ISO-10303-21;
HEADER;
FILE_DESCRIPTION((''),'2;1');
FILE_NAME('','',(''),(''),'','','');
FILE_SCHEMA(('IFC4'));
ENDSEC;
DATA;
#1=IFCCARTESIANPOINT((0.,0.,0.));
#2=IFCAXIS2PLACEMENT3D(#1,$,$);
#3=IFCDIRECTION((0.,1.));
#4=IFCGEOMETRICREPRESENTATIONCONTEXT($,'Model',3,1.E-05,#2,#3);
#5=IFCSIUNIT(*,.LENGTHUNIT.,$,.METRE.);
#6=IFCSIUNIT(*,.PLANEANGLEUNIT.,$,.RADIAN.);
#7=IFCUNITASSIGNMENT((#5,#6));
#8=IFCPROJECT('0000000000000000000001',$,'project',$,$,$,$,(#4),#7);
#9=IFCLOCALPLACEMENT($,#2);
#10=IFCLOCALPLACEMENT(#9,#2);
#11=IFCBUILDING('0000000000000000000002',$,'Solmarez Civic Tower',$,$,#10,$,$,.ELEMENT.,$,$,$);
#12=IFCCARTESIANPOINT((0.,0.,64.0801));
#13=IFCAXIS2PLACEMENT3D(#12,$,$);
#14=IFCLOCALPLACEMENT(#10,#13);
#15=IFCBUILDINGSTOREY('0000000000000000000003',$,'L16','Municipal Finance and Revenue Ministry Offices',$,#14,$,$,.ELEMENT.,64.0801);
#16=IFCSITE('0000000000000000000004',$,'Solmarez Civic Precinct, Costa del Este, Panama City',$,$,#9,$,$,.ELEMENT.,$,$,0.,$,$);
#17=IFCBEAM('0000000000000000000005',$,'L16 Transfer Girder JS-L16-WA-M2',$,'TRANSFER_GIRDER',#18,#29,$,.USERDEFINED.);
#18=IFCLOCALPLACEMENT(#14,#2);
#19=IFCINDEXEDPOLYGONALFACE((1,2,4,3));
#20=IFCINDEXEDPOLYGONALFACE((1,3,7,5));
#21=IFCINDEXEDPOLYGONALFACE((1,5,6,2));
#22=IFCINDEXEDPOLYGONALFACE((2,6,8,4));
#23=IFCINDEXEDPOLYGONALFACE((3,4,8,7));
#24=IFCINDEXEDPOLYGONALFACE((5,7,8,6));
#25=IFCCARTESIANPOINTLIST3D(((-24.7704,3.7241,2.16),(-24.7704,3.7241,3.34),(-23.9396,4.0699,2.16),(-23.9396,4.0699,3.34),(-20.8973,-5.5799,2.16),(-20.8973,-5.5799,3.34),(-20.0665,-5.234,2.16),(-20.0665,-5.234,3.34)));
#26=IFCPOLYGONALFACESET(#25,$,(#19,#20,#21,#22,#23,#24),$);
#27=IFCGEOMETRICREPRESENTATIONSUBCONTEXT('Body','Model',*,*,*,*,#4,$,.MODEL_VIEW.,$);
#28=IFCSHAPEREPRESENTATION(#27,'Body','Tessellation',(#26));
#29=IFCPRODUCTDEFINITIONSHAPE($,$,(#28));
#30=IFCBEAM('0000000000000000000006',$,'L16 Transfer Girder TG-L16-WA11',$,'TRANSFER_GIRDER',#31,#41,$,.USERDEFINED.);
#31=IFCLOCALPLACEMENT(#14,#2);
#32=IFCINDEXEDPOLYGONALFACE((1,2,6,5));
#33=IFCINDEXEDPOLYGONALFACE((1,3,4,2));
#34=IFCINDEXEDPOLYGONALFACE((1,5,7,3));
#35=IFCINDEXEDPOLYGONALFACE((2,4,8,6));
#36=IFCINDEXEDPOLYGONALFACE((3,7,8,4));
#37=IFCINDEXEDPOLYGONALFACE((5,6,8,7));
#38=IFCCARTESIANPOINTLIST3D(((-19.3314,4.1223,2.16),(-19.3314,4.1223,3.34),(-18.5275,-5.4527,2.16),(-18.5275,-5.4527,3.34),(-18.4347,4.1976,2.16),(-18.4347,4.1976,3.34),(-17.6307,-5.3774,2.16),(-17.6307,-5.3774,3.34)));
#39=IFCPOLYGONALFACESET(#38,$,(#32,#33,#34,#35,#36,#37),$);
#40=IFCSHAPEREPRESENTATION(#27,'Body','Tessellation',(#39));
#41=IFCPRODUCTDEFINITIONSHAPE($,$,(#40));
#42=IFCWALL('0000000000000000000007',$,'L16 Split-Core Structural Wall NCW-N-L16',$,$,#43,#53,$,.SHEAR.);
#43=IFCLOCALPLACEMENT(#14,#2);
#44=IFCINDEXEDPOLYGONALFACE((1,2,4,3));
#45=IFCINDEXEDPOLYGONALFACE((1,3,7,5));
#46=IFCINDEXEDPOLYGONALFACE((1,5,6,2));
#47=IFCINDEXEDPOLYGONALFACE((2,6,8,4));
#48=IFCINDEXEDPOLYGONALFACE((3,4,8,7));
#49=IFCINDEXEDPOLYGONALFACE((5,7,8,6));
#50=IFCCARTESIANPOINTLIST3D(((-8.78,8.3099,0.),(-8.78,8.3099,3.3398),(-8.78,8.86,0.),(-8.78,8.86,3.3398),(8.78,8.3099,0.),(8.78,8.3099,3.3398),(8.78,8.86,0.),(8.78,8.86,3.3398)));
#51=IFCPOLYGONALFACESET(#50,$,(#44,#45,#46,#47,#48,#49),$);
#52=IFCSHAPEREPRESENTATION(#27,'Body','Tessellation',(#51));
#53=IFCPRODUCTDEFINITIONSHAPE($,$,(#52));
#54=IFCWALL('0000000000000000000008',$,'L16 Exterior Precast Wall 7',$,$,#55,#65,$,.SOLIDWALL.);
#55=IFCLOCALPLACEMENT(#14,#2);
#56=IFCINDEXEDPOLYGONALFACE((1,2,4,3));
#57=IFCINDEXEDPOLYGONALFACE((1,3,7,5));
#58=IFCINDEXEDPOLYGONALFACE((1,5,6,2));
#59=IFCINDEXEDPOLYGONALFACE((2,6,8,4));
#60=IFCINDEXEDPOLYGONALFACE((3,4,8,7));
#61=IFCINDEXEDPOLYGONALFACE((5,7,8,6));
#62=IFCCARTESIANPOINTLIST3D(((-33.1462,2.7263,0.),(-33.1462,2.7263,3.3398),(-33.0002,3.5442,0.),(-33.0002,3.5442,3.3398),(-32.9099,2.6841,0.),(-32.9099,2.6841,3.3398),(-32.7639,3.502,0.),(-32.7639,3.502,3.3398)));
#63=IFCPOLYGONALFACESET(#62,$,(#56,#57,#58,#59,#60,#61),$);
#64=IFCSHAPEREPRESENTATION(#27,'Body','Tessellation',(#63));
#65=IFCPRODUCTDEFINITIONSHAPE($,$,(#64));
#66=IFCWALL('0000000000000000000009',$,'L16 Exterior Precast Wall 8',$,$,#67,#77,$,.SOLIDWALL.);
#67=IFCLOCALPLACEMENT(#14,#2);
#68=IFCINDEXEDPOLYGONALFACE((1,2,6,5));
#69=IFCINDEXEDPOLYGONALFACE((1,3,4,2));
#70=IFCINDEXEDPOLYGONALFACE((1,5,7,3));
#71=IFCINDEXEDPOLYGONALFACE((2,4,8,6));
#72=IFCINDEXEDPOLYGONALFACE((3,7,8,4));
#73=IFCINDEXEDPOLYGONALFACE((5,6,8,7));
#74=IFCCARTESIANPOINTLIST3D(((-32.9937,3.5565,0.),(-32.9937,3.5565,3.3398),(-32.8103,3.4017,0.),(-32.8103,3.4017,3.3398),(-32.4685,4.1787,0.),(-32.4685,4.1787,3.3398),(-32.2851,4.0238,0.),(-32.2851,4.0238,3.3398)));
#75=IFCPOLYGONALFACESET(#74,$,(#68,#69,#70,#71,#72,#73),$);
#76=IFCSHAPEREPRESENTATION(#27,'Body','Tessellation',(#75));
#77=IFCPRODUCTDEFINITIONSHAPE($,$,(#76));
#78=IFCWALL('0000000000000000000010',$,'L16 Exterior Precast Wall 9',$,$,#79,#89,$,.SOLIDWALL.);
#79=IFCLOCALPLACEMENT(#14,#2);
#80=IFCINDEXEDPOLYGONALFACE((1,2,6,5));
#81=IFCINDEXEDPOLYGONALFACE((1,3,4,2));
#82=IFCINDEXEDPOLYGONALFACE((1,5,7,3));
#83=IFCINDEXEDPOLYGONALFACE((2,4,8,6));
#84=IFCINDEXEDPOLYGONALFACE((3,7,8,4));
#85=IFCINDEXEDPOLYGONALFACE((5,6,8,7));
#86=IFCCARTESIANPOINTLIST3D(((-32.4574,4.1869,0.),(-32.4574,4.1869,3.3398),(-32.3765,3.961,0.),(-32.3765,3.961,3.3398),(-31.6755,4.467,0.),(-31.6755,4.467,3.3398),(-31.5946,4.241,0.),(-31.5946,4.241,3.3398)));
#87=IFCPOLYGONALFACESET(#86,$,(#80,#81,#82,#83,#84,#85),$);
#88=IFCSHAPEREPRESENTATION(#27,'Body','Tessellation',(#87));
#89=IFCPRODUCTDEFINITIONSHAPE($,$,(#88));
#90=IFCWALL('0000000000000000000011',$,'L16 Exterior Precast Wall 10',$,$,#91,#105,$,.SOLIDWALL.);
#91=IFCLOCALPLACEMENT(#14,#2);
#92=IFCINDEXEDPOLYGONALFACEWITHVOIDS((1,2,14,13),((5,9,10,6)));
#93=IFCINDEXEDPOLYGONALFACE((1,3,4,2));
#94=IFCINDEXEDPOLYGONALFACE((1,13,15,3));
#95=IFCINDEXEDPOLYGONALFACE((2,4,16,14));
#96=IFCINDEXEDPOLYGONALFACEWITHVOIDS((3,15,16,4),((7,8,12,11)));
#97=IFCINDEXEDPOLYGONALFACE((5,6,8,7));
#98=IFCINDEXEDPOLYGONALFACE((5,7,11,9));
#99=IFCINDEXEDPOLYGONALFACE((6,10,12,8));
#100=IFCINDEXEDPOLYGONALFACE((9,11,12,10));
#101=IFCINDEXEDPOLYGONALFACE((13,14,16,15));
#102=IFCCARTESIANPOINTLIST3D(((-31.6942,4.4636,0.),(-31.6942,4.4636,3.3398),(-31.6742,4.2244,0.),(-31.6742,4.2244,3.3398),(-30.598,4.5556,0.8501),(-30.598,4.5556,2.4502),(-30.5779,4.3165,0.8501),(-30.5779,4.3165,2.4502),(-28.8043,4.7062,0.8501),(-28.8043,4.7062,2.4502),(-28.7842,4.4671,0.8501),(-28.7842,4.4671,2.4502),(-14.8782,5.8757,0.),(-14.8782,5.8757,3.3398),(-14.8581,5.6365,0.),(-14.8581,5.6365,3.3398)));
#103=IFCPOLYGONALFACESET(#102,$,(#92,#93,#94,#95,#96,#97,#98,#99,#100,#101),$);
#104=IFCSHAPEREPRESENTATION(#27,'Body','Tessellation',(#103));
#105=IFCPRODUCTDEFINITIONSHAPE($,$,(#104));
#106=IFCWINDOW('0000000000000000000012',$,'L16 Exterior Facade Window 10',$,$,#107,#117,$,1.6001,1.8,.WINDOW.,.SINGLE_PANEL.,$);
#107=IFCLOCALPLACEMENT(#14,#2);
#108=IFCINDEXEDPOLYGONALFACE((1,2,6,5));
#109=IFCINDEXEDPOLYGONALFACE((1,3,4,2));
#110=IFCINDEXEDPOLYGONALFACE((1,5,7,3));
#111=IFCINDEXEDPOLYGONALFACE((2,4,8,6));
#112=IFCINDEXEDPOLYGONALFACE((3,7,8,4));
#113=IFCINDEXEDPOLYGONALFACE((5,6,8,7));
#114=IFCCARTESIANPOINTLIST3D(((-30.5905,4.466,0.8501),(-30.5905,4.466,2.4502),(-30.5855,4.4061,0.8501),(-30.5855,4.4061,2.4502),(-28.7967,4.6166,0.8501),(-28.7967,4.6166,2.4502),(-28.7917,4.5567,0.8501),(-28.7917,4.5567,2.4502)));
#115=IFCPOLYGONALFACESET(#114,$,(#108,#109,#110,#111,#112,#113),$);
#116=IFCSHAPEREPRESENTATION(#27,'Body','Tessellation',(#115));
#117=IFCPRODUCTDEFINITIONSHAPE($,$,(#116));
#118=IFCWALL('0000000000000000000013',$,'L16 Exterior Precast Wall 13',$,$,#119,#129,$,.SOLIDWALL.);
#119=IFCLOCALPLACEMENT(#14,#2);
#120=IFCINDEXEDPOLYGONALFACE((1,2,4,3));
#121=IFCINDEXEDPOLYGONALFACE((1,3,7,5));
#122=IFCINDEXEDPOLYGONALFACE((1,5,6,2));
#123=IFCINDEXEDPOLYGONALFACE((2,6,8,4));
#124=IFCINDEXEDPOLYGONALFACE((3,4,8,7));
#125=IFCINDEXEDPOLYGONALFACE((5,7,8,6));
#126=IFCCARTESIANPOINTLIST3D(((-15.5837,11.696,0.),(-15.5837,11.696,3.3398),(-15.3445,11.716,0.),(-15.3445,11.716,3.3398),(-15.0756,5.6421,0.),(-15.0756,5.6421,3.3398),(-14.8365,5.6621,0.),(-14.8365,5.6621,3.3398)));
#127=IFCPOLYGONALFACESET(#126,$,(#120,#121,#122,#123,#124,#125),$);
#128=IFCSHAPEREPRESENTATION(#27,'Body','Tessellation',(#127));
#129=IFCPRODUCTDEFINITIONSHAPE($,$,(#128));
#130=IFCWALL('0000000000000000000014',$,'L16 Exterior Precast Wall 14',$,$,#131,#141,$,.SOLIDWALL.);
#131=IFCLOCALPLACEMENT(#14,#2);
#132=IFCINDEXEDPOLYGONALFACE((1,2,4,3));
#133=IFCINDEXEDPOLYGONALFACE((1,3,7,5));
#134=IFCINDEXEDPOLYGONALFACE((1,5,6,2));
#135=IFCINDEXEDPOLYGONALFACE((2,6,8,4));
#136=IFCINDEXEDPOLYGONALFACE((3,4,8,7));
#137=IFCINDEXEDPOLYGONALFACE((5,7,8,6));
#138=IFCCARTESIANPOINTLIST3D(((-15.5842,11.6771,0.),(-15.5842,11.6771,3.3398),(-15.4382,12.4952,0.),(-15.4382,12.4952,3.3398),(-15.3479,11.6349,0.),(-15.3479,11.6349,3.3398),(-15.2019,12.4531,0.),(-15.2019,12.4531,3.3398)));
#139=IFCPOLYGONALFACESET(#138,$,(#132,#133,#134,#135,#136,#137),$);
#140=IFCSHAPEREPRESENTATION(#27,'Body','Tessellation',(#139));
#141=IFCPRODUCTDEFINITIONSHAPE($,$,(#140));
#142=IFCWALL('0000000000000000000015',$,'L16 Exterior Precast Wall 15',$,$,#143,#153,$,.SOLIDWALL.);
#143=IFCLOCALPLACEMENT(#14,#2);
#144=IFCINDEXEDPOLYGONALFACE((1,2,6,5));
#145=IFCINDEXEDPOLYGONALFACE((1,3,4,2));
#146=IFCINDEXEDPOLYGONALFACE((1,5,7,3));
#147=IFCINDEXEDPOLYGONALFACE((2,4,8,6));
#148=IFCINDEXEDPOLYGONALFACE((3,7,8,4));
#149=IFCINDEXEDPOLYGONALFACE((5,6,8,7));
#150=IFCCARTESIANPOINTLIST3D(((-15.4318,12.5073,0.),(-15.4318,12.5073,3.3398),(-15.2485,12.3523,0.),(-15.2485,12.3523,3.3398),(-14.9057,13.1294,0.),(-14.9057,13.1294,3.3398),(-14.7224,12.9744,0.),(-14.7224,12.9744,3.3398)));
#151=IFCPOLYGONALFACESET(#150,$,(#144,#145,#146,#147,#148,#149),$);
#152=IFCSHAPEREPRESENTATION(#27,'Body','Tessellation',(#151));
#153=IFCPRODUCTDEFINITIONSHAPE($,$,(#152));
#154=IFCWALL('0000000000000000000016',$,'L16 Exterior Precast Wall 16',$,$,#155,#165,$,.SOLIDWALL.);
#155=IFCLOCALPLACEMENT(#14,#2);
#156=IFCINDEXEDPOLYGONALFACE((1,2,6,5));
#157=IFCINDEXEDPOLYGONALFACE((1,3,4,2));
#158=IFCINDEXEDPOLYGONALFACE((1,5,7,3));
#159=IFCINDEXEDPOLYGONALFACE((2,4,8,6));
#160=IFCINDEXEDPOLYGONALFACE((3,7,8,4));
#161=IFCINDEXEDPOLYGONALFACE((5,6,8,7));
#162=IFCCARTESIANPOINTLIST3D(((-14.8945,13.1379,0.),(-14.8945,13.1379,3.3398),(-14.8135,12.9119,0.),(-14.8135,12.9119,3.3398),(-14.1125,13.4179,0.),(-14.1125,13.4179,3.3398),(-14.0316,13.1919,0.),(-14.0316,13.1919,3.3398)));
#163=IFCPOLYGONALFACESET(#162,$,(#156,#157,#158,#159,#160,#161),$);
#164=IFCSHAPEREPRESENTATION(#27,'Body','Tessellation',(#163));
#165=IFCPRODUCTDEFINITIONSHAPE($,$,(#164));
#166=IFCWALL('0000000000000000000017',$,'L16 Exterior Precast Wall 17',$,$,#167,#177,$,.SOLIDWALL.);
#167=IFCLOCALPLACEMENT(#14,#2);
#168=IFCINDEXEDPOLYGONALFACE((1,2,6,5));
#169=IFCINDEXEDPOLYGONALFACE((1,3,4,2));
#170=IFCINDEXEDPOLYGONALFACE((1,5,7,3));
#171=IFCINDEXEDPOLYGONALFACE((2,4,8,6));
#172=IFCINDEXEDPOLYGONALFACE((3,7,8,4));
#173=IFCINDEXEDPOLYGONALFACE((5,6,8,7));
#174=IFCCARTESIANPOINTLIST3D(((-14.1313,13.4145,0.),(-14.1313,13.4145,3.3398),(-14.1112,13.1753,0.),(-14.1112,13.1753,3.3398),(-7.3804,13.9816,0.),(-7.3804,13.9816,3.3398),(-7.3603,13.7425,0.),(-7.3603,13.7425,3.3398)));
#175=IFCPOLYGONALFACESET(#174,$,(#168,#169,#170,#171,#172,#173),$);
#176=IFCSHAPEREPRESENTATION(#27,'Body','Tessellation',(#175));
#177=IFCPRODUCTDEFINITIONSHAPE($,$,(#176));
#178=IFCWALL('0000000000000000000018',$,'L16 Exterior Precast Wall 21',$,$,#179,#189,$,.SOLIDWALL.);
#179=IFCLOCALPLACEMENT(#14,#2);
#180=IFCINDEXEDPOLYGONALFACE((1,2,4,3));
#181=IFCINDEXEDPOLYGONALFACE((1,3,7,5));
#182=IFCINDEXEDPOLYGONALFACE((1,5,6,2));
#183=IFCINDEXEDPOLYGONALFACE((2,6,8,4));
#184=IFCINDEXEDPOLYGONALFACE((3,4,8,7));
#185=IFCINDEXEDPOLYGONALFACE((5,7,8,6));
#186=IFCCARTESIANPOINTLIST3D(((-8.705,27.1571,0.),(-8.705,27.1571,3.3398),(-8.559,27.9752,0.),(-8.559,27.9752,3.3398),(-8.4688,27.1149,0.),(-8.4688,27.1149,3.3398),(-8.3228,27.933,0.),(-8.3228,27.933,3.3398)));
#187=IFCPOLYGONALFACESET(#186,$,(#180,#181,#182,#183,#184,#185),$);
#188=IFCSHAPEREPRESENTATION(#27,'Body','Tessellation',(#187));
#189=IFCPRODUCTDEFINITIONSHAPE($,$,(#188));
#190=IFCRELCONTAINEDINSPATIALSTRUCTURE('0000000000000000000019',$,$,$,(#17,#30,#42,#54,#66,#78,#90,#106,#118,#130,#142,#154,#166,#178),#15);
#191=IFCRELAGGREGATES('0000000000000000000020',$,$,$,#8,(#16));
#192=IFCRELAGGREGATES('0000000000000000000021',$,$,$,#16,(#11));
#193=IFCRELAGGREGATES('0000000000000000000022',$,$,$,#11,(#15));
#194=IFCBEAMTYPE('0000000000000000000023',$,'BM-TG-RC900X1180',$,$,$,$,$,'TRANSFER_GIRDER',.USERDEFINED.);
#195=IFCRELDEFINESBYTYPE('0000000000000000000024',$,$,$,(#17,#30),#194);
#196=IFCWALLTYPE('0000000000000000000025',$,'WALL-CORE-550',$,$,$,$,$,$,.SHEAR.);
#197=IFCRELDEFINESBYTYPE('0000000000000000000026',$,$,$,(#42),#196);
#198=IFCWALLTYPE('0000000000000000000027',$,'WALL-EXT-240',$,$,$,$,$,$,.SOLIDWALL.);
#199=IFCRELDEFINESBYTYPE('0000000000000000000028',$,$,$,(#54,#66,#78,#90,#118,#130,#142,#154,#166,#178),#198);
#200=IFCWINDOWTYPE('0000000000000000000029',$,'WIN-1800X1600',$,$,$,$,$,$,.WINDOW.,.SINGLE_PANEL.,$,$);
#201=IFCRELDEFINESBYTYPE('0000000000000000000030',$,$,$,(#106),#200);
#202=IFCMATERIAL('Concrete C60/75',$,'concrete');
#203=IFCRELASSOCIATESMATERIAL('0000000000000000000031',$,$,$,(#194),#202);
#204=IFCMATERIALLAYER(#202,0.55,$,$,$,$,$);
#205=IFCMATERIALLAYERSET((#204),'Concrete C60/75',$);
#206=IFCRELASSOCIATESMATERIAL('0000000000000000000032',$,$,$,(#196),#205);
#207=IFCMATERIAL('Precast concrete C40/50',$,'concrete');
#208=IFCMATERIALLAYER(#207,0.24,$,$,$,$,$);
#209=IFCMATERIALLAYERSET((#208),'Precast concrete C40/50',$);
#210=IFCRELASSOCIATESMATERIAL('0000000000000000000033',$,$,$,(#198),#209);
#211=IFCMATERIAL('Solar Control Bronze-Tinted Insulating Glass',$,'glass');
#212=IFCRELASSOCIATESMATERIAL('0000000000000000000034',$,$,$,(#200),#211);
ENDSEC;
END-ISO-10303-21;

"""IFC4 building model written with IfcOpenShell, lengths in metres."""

from ifc_helpers import new_model, si_unit, direction, frame, frame_2d, origin, origin_2d, place, context, subcontext, project, spatial, rectangle, extrude, material, layer, layer_set, material_profile, profile_set, type_object, element, fill, save


model = new_model("IFC4")

# Units and contexts
model_context = context("Model", 3, precision=1e-05, world=origin(), true_north=direction((0.0, 1.0)))
body_context = subcontext(model_context, "Body", "Model", "MODEL_VIEW")
ifc_project = project(units=[si_unit("LENGTHUNIT", "METRE"), si_unit("PLANEANGLEUNIT", "RADIAN")], contexts=[model_context])

# Site, building, storey
site_placement = place(None, origin())
site = spatial("IfcSite", under=ifc_project, at=site_placement, Name="Solmarez Civic Precinct, Costa del Este, Panama City", CompositionType="ELEMENT", RefElevation=0.0)
building_placement = place(site_placement, origin())
building = spatial("IfcBuilding", under=site, at=building_placement, Name="Solmarez Civic Tower", CompositionType="ELEMENT")
storey_placement = place(building_placement, frame((0.0, 0.0, 64.0801)))
storey = spatial("IfcBuildingStorey", under=building, at=storey_placement, Name="L16", Description="Municipal Finance and Revenue Ministry Offices", CompositionType="ELEMENT", Elevation=64.0801)

# Shared definitions
ifc_material_1 = material(Name="Concrete C60/75", Category="concrete")

# Beams
ifc_material_profile_1 = material_profile(ifc_material_1, rectangle(XDim=0.8999, YDim=1.1799, at=origin_2d()), Name="RC900X1180")
ifc_profile_set_1 = profile_set([ifc_material_profile_1], Name="Concrete C60/75")
beam_type_1 = type_object("IfcBeamType", Name="BM-TG-RC900X1180", ElementType="TRANSFER_GIRDER", PredefinedType="USERDEFINED", material=ifc_profile_set_1)
beam_1_placement = place(storey_placement, frame((-24.355, 3.897, 2.75), z_axis=(0.384311, -0.923204, 0.0), x_axis=(0.923204, 0.384311, 0.0)))
element("IfcBeam", 1, at=beam_1_placement, inside=storey, type_object=beam_type_1, Name="L16 Transfer Girder JS-L16-WA-M2", ObjectType="TRANSFER_GIRDER", PredefinedType="USERDEFINED", context=body_context, shape_type="SweptSolid", body=[
    extrude(rectangle(XDim=0.8999, YDim=1.1799, at=origin_2d()), origin(), (0.0, 0.0, 1.0), 10.0779),
])
beam_2_placement = place(storey_placement, frame((-18.8831, 4.1599, 2.75), z_axis=(0.08367, -0.996494, 0.0), x_axis=(0.996494, 0.08367, 0.0)))
element("IfcBeam", 2, at=beam_2_placement, inside=storey, type_object=beam_type_1, Name="L16 Transfer Girder TG-L16-WA11", ObjectType="TRANSFER_GIRDER", PredefinedType="USERDEFINED", context=body_context, shape_type="SweptSolid", body=[
    extrude(rectangle(XDim=0.8999, YDim=1.1799, at=origin_2d()), origin(), (0.0, 0.0, 1.0), 9.6086),
])

# Walls
ifc_layer_1 = layer(ifc_material_1, 0.55)
ifc_layer_set_1 = layer_set([ifc_layer_1], Name="Concrete C60/75")
wall_type_1 = type_object("IfcWallType", Name="WALL-CORE-550", PredefinedType="SHEAR", material=ifc_layer_set_1)
wall_1_placement = place(storey_placement, frame((-8.78, 8.585, 0.0), z_axis=(0.0, 0.0, 1.0), x_axis=(1.0, 0.0, 0.0)))
element("IfcWall", 3, at=wall_1_placement, inside=storey, type_object=wall_type_1, Name="L16 Split-Core Structural Wall NCW-N-L16", PredefinedType="SHEAR", context=body_context, shape_type="SweptSolid", body=[
    extrude(rectangle(XDim=17.5601, YDim=0.55, at=frame_2d((8.78, 0.0))), origin(), (0.0, 0.0, 1.0), 3.3398),
])
ifc_material_2 = material(Name="Precast concrete C40/50", Category="concrete")
ifc_layer_2 = layer(ifc_material_2, 0.24)
ifc_layer_set_2 = layer_set([ifc_layer_2], Name="Precast concrete C40/50")
wall_type_2 = type_object("IfcWallType", Name="WALL-EXT-240", PredefinedType="SOLIDWALL", material=ifc_layer_set_2)
wall_2_placement = place(storey_placement, frame((-33.0281, 2.7051, 0.0), z_axis=(0.0, 0.0, 1.0), x_axis=(0.17573, 0.984438, 0.0)))
element("IfcWall", 4, at=wall_2_placement, inside=storey, type_object=wall_type_2, Name="L16 Exterior Precast Wall 7", PredefinedType="SOLIDWALL", context=body_context, shape_type="SweptSolid", body=[
    extrude(rectangle(XDim=0.8308, YDim=0.24, at=frame_2d((0.4155, 0.0))), origin(), (0.0, 0.0, 1.0), 3.3398),
])
wall_3_placement = place(storey_placement, frame((-32.9021, 3.479, 0.0), z_axis=(0.0, 0.0, 1.0), x_axis=(0.645068, 0.764125, 0.0)))
element("IfcWall", 5, at=wall_3_placement, inside=storey, type_object=wall_type_2, Name="L16 Exterior Precast Wall 8", PredefinedType="SOLIDWALL", context=body_context, shape_type="SweptSolid", body=[
    extrude(rectangle(XDim=0.8142, YDim=0.24, at=frame_2d((0.4072, 0.0))), origin(), (0.0, 0.0, 1.0), 3.3398),
])
wall_4_placement = place(storey_placement, frame((-32.417, 4.074, 0.0), z_axis=(0.0, 0.0, 1.0), x_axis=(0.941456, 0.337137, 0.0)))
element("IfcWall", 6, at=wall_4_placement, inside=storey, type_object=wall_type_2, Name="L16 Exterior Precast Wall 9", PredefinedType="SOLIDWALL", context=body_context, shape_type="SweptSolid", body=[
    extrude(rectangle(XDim=0.8306, YDim=0.24, at=frame_2d((0.4153, 0.0))), origin(), (0.0, 0.0, 1.0), 3.3398),
])

# Wall, opening, window
wall_5_placement = place(storey_placement, frame((-31.6841, 4.344, 0.0), z_axis=(0.0, 0.0, 1.0), x_axis=(0.996493, 0.083679, 0.0)))
wall_5 = element("IfcWall", 7, at=wall_5_placement, inside=storey, type_object=wall_type_2, Name="L16 Exterior Precast Wall 10", PredefinedType="SOLIDWALL", context=body_context, shape_type="SweptSolid", body=[
    extrude(rectangle(XDim=16.8752, YDim=0.24, at=frame_2d((8.4375, 0.0))), origin(), (0.0, 0.0, 1.0), 3.3398),
])
opening_placement = place(wall_5_placement, frame((1.1001, 0.0, 0.8501)))
opening = element("IfcOpeningElement", 8, at=opening_placement, cuts=wall_5, PredefinedType="OPENING", context=body_context, shape_type="SweptSolid", body=[
    extrude(rectangle(XDim=1.8, YDim=1.6001, at=frame_2d((0.8999, 0.8))), frame((0.0, 0.1299, 0.0), z_axis=(0.0, -1.0, 0.0), x_axis=(1.0, 0.0, 0.0)), (0.0, 0.0, 1.0), 0.26),
])
ifc_material_3 = material(Name="Solar Control Bronze-Tinted Insulating Glass", Category="glass")
window_type = type_object("IfcWindowType", Name="WIN-1800X1600", PartitioningType="SINGLE_PANEL", PredefinedType="WINDOW", material=ifc_material_3)
window_placement = place(opening_placement, origin())
window = element("IfcWindow", 9, at=window_placement, inside=storey, type_object=window_type, Name="L16 Exterior Facade Window 10", OverallHeight=1.6001, OverallWidth=1.8, PartitioningType="SINGLE_PANEL", PredefinedType="WINDOW", context=body_context, shape_type="SweptSolid", body=[
    extrude(rectangle(XDim=1.8, YDim=1.6001, at=frame_2d((0.8999, 0.8))), frame((0.0, 0.03, 0.0), z_axis=(0.0, -1.0, 0.0), x_axis=(1.0, 0.0, 0.0)), (0.0, 0.0, 1.0), 0.0601),
])
fill(opening, window)

# Walls
wall_6_placement = place(storey_placement, frame((-14.9561, 5.6521, 0.0), z_axis=(0.0, 0.0, 1.0), x_axis=(-0.083627, 0.996497, 0.0)))
element("IfcWall", 10, at=wall_6_placement, inside=storey, type_object=wall_type_2, Name="L16 Exterior Precast Wall 13", PredefinedType="SOLIDWALL", context=body_context, shape_type="SweptSolid", body=[
    extrude(rectangle(XDim=6.0752, YDim=0.24, at=frame_2d((3.0376, 0.0))), origin(), (0.0, 0.0, 1.0), 3.3398),
])
wall_7_placement = place(storey_placement, frame((-15.4661, 11.656, 0.0), z_axis=(0.0, 0.0, 1.0), x_axis=(0.175679, 0.984448, 0.0)))
element("IfcWall", 11, at=wall_7_placement, inside=storey, type_object=wall_type_2, Name="L16 Exterior Precast Wall 14", PredefinedType="SOLIDWALL", context=body_context, shape_type="SweptSolid", body=[
    extrude(rectangle(XDim=0.8311, YDim=0.24, at=frame_2d((0.4155, 0.0))), origin(), (0.0, 0.0, 1.0), 3.3398),
])
wall_8_placement = place(storey_placement, frame((-15.3401, 12.4299, 0.0), z_axis=(0.0, 0.0, 1.0), x_axis=(0.645768, 0.763534, 0.0)))
element("IfcWall", 12, at=wall_8_placement, inside=storey, type_object=wall_type_2, Name="L16 Exterior Precast Wall 15", PredefinedType="SOLIDWALL", context=body_context, shape_type="SweptSolid", body=[
    extrude(rectangle(XDim=0.8147, YDim=0.24, at=frame_2d((0.4072, 0.0))), origin(), (0.0, 0.0, 1.0), 3.3398),
])
wall_9_placement = place(storey_placement, frame((-14.854, 13.0249, 0.0), z_axis=(0.0, 0.0, 1.0), x_axis=(0.941456, 0.337137, 0.0)))
element("IfcWall", 13, at=wall_9_placement, inside=storey, type_object=wall_type_2, Name="L16 Exterior Precast Wall 16", PredefinedType="SOLIDWALL", context=body_context, shape_type="SweptSolid", body=[
    extrude(rectangle(XDim=0.8306, YDim=0.24, at=frame_2d((0.4153, 0.0))), origin(), (0.0, 0.0, 1.0), 3.3398),
])
wall_10_placement = place(storey_placement, frame((-14.1211, 13.2949, 0.0), z_axis=(0.0, 0.0, 1.0), x_axis=(0.99649, 0.083714, 0.0)))
element("IfcWall", 14, at=wall_10_placement, inside=storey, type_object=wall_type_2, Name="L16 Exterior Precast Wall 17", PredefinedType="SOLIDWALL", context=body_context, shape_type="SweptSolid", body=[
    extrude(rectangle(XDim=6.7747, YDim=0.24, at=frame_2d((3.3872, 0.0))), origin(), (0.0, 0.0, 1.0), 3.3398),
])
wall_11_placement = place(storey_placement, frame((-8.5869, 27.136, 0.0), z_axis=(0.0, 0.0, 1.0), x_axis=(0.175679, 0.984448, 0.0)))
element("IfcWall", 15, at=wall_11_placement, inside=storey, type_object=wall_type_2, Name="L16 Exterior Precast Wall 21", PredefinedType="SOLIDWALL", context=body_context, shape_type="SweptSolid", body=[
    extrude(rectangle(XDim=0.8311, YDim=0.24, at=frame_2d((0.4155, 0.0))), origin(), (0.0, 0.0, 1.0), 3.3398),
])

save(model, "model.ifc")
